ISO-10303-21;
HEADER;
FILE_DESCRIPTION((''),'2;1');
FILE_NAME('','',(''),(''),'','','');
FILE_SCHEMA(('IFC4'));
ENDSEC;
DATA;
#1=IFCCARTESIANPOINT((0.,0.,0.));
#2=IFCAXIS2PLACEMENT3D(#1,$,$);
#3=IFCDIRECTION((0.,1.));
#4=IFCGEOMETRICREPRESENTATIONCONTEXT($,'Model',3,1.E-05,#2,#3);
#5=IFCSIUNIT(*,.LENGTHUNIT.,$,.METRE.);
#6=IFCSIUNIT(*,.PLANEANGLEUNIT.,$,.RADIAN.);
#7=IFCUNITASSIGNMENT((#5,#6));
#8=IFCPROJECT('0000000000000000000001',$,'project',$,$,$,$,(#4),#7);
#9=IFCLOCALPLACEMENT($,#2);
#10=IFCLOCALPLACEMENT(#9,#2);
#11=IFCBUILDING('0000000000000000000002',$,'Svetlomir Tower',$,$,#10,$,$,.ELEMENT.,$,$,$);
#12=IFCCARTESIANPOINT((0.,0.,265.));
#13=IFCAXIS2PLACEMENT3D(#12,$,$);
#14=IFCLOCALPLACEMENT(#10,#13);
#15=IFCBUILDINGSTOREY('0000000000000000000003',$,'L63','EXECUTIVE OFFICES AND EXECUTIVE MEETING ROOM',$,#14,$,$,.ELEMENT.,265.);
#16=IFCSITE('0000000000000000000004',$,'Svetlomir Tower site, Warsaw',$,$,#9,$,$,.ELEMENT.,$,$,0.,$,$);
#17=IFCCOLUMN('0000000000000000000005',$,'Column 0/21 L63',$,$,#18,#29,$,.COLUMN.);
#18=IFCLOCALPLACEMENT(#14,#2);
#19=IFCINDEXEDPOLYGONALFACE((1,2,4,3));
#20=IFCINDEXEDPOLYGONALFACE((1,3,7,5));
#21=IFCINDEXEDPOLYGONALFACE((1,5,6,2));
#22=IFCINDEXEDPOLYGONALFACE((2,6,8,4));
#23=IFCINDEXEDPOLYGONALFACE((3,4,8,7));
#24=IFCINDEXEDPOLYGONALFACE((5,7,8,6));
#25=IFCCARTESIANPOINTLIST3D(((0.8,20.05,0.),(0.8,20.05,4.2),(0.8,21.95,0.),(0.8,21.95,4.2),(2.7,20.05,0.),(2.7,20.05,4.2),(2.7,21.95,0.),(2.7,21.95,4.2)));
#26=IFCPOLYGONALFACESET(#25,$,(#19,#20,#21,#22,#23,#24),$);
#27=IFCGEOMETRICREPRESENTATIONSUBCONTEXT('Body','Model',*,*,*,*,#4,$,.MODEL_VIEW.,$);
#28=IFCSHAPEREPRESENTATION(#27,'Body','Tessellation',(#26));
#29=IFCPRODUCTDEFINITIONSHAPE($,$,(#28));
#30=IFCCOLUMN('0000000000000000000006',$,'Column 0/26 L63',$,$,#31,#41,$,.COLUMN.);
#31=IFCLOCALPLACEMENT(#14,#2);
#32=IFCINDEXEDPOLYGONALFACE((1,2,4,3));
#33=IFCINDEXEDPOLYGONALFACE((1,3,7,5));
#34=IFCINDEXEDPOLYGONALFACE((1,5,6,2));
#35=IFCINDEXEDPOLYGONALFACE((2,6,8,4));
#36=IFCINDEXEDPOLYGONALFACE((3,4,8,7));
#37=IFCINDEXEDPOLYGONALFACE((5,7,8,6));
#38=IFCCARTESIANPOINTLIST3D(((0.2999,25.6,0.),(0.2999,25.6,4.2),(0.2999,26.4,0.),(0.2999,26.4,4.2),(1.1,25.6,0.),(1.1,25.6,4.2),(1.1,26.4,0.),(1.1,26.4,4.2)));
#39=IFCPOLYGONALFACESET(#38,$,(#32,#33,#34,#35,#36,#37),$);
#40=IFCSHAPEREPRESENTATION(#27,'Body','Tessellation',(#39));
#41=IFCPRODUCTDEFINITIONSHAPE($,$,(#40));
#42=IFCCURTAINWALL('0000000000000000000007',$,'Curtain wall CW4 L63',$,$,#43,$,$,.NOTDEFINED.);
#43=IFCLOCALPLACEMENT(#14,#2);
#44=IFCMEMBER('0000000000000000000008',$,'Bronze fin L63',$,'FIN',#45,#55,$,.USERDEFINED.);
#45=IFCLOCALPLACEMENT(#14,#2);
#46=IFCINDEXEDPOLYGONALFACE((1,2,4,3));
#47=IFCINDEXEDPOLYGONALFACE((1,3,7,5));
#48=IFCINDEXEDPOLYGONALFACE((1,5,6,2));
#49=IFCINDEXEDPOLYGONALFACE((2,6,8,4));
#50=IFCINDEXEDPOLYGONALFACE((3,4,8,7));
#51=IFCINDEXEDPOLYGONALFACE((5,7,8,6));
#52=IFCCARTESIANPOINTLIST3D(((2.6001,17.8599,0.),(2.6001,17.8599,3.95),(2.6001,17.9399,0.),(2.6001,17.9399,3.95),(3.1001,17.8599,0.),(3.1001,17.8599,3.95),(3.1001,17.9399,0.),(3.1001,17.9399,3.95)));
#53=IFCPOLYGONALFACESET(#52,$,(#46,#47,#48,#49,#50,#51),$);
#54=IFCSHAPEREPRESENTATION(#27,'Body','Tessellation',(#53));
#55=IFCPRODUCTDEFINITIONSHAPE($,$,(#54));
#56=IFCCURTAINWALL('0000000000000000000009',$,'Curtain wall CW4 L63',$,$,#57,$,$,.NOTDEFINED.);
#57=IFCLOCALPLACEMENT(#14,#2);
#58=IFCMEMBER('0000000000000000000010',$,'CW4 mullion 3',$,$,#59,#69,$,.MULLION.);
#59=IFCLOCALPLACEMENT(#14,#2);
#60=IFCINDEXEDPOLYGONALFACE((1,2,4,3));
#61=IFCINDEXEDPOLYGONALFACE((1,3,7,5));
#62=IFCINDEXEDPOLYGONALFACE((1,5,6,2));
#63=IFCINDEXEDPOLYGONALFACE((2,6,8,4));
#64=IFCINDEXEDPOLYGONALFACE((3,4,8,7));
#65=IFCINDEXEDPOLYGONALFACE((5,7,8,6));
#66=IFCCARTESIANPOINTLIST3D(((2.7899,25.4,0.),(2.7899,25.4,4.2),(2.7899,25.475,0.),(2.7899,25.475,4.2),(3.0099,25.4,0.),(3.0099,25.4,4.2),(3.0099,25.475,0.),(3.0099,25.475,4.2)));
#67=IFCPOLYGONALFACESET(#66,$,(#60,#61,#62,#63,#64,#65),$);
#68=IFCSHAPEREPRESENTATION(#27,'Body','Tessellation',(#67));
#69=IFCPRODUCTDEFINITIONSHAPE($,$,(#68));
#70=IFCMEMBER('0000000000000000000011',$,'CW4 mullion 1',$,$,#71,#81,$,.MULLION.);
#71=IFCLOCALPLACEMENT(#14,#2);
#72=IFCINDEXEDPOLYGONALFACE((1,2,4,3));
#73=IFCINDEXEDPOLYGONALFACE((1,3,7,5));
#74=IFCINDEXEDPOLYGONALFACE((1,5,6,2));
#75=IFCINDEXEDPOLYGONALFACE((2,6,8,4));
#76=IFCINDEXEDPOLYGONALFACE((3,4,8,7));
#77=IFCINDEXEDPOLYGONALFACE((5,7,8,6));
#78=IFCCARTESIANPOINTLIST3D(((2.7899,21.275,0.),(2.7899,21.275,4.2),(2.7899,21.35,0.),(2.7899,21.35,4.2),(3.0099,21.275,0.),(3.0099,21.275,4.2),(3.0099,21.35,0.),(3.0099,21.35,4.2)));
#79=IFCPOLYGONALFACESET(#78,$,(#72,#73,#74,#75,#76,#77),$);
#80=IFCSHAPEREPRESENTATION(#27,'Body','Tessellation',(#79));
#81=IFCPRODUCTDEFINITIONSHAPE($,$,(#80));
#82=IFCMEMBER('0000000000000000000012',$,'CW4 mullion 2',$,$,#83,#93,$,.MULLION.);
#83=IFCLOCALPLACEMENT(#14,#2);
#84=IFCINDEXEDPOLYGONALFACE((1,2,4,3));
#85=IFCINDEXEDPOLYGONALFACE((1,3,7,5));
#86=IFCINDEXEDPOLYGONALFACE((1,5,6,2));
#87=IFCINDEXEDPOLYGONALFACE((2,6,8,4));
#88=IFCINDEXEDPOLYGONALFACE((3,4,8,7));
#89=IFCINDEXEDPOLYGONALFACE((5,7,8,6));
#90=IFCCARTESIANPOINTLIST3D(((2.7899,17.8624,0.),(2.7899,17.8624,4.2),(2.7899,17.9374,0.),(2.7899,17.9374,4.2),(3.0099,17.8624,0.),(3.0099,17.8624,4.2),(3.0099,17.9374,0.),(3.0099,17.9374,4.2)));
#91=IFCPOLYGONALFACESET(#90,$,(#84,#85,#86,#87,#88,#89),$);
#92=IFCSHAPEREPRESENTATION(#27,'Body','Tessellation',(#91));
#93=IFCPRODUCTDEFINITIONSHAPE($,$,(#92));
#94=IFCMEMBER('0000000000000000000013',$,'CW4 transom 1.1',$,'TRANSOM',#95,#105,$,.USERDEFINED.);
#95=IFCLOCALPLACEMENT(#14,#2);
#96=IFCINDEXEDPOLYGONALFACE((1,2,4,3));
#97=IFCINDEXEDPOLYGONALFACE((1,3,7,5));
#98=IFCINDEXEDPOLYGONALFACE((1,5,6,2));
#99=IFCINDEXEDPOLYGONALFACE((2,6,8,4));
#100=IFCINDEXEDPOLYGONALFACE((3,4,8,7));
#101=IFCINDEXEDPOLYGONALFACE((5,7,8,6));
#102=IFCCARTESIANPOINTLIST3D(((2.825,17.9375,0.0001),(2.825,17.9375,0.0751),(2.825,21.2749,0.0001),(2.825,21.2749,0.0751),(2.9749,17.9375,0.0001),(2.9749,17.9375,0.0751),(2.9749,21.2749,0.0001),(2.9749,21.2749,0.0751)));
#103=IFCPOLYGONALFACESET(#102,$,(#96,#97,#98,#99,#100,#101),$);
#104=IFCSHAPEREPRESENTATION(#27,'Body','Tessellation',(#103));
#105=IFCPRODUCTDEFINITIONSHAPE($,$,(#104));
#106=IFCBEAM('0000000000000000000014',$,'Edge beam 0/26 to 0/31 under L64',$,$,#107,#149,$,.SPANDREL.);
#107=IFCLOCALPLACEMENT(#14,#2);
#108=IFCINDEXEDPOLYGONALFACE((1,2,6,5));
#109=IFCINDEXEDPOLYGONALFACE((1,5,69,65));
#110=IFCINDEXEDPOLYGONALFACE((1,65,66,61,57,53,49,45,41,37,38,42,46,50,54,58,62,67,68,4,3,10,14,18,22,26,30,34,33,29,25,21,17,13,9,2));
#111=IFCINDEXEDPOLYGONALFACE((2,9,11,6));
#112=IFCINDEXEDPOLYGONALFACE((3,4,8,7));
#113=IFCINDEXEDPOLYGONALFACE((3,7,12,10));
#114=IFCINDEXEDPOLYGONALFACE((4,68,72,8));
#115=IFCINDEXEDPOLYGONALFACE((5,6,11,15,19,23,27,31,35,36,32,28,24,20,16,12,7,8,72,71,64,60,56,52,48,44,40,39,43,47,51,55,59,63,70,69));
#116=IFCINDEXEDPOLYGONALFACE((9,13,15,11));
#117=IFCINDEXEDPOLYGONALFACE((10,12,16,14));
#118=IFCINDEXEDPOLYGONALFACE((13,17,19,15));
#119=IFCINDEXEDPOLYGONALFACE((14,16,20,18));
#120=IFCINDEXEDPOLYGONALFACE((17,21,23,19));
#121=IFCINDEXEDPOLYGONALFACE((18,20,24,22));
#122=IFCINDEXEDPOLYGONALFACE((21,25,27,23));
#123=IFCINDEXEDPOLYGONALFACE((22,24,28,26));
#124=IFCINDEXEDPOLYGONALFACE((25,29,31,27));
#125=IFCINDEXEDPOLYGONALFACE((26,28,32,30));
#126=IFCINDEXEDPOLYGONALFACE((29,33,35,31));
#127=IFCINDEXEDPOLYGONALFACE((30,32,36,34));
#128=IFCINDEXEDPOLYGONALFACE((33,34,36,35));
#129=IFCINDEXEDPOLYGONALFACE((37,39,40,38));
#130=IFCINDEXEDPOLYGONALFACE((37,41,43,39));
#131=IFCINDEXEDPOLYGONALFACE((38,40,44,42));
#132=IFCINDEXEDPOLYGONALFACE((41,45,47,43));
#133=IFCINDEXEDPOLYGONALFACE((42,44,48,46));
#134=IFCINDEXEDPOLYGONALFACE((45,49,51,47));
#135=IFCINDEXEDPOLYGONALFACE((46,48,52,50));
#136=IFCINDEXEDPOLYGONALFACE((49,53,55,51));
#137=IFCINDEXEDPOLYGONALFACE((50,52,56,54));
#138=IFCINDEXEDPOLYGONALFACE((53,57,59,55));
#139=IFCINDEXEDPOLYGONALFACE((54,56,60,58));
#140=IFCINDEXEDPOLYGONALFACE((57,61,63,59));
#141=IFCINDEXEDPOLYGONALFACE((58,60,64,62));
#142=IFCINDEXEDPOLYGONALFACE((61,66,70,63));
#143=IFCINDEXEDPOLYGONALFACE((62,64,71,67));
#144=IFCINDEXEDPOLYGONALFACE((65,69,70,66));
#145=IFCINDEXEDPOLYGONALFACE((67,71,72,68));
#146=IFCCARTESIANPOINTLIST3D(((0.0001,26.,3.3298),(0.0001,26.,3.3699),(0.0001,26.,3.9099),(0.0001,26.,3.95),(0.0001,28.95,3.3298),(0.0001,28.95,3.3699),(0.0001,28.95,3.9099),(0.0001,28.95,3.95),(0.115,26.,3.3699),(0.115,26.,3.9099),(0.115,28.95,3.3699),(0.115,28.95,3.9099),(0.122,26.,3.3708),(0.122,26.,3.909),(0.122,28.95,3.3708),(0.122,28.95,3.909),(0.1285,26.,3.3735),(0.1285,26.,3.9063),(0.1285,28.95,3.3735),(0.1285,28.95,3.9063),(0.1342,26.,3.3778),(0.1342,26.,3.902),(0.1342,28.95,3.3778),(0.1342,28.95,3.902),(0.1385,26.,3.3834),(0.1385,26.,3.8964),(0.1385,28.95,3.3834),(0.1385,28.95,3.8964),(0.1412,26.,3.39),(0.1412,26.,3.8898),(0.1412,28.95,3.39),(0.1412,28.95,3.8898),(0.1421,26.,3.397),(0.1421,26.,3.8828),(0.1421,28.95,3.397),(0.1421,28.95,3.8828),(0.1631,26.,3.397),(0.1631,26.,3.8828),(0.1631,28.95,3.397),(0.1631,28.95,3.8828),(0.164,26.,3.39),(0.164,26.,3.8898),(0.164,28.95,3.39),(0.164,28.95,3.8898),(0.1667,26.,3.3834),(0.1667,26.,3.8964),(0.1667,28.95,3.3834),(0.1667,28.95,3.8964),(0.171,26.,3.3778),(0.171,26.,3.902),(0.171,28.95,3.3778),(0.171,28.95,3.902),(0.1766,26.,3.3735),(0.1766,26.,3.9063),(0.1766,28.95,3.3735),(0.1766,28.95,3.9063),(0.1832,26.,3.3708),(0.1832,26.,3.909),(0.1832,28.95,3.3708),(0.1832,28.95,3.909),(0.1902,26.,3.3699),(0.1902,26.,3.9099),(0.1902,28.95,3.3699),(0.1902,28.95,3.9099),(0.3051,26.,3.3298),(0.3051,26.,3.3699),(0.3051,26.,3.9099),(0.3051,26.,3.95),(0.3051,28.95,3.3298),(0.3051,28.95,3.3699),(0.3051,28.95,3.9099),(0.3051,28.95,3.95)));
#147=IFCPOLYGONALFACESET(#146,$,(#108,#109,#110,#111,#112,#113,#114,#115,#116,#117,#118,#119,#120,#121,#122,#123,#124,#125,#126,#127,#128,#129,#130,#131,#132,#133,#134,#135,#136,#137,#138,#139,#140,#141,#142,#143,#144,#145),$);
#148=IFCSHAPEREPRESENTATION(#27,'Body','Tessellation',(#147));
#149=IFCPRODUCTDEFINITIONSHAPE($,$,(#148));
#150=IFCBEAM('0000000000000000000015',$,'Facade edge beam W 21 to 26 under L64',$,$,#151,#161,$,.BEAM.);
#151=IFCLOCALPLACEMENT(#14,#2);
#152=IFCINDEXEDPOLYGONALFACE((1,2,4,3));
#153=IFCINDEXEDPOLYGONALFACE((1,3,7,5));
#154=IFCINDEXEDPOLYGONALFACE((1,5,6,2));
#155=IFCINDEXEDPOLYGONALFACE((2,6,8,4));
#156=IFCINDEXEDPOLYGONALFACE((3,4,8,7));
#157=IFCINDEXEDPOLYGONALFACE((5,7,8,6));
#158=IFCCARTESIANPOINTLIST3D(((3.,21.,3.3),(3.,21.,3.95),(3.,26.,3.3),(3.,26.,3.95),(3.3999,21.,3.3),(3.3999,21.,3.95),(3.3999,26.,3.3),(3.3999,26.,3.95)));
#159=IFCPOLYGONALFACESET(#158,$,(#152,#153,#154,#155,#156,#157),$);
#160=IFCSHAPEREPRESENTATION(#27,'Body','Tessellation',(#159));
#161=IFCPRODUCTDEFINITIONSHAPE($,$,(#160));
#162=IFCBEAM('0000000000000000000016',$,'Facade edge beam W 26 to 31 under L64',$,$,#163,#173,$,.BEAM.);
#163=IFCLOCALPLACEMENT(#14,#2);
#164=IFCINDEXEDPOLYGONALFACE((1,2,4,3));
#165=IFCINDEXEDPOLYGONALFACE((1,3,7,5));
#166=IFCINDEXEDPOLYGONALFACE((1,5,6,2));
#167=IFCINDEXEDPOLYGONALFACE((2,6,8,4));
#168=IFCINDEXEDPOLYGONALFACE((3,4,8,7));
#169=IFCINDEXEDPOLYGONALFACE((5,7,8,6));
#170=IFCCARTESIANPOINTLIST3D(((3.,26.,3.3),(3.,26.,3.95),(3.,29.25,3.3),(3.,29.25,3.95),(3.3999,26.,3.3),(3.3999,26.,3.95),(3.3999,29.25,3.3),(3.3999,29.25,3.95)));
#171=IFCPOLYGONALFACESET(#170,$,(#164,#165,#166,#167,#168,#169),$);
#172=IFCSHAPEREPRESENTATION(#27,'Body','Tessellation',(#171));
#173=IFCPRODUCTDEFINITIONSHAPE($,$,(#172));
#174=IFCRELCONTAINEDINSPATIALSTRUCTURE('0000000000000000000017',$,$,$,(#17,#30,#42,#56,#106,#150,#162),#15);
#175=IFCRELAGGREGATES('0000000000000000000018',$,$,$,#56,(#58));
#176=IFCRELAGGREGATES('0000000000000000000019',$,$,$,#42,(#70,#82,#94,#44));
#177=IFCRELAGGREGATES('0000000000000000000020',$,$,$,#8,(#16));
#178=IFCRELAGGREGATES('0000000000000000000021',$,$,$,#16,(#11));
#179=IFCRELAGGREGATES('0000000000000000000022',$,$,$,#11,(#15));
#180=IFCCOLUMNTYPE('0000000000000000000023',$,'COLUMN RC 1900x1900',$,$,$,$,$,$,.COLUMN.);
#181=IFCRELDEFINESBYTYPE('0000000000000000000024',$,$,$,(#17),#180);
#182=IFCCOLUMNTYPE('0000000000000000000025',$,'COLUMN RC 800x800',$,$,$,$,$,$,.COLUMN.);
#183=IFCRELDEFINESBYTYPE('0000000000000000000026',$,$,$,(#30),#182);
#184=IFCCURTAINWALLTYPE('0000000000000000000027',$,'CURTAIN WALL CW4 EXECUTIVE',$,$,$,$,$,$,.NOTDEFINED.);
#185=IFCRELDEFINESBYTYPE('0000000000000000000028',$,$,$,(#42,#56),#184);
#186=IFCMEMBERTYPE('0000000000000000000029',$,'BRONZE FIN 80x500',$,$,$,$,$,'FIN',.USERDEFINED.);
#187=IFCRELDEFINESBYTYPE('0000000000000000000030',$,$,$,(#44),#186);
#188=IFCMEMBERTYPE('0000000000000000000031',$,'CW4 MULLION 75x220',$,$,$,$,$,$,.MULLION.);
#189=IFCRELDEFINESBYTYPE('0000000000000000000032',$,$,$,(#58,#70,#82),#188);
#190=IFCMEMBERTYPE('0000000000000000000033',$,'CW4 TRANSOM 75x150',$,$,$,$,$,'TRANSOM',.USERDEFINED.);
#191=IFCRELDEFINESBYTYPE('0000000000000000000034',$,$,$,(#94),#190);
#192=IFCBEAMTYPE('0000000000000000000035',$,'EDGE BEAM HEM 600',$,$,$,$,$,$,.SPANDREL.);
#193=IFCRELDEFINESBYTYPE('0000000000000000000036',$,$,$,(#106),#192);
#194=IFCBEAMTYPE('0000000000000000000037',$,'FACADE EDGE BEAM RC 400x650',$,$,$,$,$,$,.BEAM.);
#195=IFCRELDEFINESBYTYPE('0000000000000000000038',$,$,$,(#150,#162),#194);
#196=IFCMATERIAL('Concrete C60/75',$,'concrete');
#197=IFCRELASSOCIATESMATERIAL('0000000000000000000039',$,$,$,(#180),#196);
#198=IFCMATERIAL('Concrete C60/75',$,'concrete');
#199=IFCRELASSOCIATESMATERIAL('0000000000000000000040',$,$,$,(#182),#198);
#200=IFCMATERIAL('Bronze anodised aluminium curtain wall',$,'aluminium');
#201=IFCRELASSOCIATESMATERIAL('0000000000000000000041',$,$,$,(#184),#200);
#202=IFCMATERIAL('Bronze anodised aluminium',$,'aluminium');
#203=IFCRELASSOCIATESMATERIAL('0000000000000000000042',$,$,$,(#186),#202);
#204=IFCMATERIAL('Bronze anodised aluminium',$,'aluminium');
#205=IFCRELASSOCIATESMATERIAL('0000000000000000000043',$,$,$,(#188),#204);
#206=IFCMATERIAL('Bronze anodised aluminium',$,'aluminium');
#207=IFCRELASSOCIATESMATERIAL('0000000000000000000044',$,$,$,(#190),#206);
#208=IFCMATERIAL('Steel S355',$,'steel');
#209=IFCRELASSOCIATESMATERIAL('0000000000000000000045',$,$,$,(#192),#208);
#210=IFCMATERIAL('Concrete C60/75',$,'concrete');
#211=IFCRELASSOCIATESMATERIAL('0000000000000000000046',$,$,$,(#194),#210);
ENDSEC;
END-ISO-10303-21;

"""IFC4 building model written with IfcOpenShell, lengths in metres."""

from ifc_helpers import new_model, si_unit, direction, frame, origin, origin_2d, place, context, subcontext, project, spatial, rectangle, i_section, extrude, material, material_profile, profile_set, type_object, element, aggregate, save


model = new_model("IFC4")

# Units and contexts
model_context = context("Model", 3, precision=1e-05, world=origin(), true_north=direction((0.0, 1.0)))
body_context = subcontext(model_context, "Body", "Model", "MODEL_VIEW")
ifc_project = project(units=[si_unit("LENGTHUNIT", "METRE"), si_unit("PLANEANGLEUNIT", "RADIAN")], contexts=[model_context])

# Site, building, storey
site_placement = place(None, origin())
site = spatial("IfcSite", under=ifc_project, at=site_placement, Name="Svetlomir Tower site, Warsaw", CompositionType="ELEMENT", RefElevation=0.0)
building_placement = place(site_placement, origin())
building = spatial("IfcBuilding", under=site, at=building_placement, Name="Svetlomir Tower", CompositionType="ELEMENT")
storey_placement = place(building_placement, frame((0.0, 0.0, 265.0)))
storey = spatial("IfcBuildingStorey", under=building, at=storey_placement, Name="L63", Description="EXECUTIVE OFFICES AND EXECUTIVE MEETING ROOM", CompositionType="ELEMENT", Elevation=265.0)

# Columns
ifc_material_1 = material(Name="Concrete C60/75", Category="concrete")
ifc_material_profile_1 = material_profile(ifc_material_1, rectangle(XDim=1.8999, YDim=1.8999, at=origin_2d()), Name="RC 1900x1900")
ifc_profile_set_1 = profile_set([ifc_material_profile_1], Name="Concrete C60/75")
column_type_1 = type_object("IfcColumnType", Name="COLUMN RC 1900x1900", PredefinedType="COLUMN", material=ifc_profile_set_1)
column_1_placement = place(storey_placement, frame((1.75, 21.0, 0.0), z_axis=(0.0, 0.0, 1.0), x_axis=(1.0, 0.0, 0.0)))
element("IfcColumn", 1, at=column_1_placement, inside=storey, type_object=column_type_1, Name="Column 0/21 L63", PredefinedType="COLUMN", context=body_context, shape_type="SweptSolid", body=[
    extrude(rectangle(XDim=1.8999, YDim=1.8999, at=origin_2d()), origin(), (0.0, 0.0, 1.0), 4.2),
])
ifc_material_2 = material(Name="Concrete C60/75", Category="concrete")
ifc_material_profile_2 = material_profile(ifc_material_2, rectangle(XDim=0.8, YDim=0.8, at=origin_2d()), Name="RC 800x800")
ifc_profile_set_2 = profile_set([ifc_material_profile_2], Name="Concrete C60/75")
column_type_2 = type_object("IfcColumnType", Name="COLUMN RC 800x800", PredefinedType="COLUMN", material=ifc_profile_set_2)
column_2_placement = place(storey_placement, frame((0.7, 26.0, 0.0), z_axis=(0.0, 0.0, 1.0), x_axis=(1.0, 0.0, 0.0)))
element("IfcColumn", 2, at=column_2_placement, inside=storey, type_object=column_type_2, Name="Column 0/26 L63", PredefinedType="COLUMN", context=body_context, shape_type="SweptSolid", body=[
    extrude(rectangle(XDim=0.8, YDim=0.8, at=origin_2d()), origin(), (0.0, 0.0, 1.0), 4.2),
])

# Curtain walls, members
ifc_material_3 = material(Name="Bronze anodised aluminium curtain wall", Category="aluminium")
curtain_wall_type = type_object("IfcCurtainWallType", Name="CURTAIN WALL CW4 EXECUTIVE", PredefinedType="NOTDEFINED", material=ifc_material_3)
curtain_wall_1_placement = place(storey_placement, origin())
curtain_wall_1 = element("IfcCurtainWall", 3, at=curtain_wall_1_placement, inside=storey, type_object=curtain_wall_type, Name="Curtain wall CW4 L63", PredefinedType="NOTDEFINED")
ifc_material_4 = material(Name="Bronze anodised aluminium", Category="aluminium")
ifc_material_profile_3 = material_profile(ifc_material_4, rectangle(XDim=0.0801, YDim=0.5, at=origin_2d()), Name="FIN 80x500")
ifc_profile_set_3 = profile_set([ifc_material_profile_3], Name="Bronze anodised aluminium 6063-T6")
member_type_1 = type_object("IfcMemberType", Name="BRONZE FIN 80x500", ElementType="FIN", PredefinedType="USERDEFINED", material=ifc_profile_set_3)
member_1_placement = place(storey_placement, frame((2.8501, 17.8999, 0.0), z_axis=(0.0, 0.0, 1.0), x_axis=(0.0, 1.0, 0.0)))
member_1 = element("IfcMember", 4, at=member_1_placement, type_object=member_type_1, Name="Bronze fin L63", ObjectType="FIN", PredefinedType="USERDEFINED", context=body_context, shape_type="SweptSolid", body=[
    extrude(rectangle(XDim=0.0801, YDim=0.5, at=origin_2d()), origin(), (0.0, 0.0, 1.0), 3.95),
])
curtain_wall_2_placement = place(storey_placement, origin())
curtain_wall_2 = element("IfcCurtainWall", 5, at=curtain_wall_2_placement, inside=storey, type_object=curtain_wall_type, Name="Curtain wall CW4 L63", PredefinedType="NOTDEFINED")
ifc_material_5 = material(Name="Bronze anodised aluminium", Category="aluminium")
ifc_material_profile_4 = material_profile(ifc_material_5, rectangle(XDim=0.075, YDim=0.22, at=origin_2d()), Name="AL 75x220")
ifc_profile_set_4 = profile_set([ifc_material_profile_4], Name="Bronze anodised aluminium 6063-T6")
member_type_2 = type_object("IfcMemberType", Name="CW4 MULLION 75x220", PredefinedType="MULLION", material=ifc_profile_set_4)
member_2_placement = place(storey_placement, frame((2.8999, 25.4375, 0.0), z_axis=(0.0, 0.0, 1.0), x_axis=(0.0, -1.0, 0.0)))
member_2 = element("IfcMember", 6, at=member_2_placement, type_object=member_type_2, Name="CW4 mullion 3", PredefinedType="MULLION", context=body_context, shape_type="SweptSolid", body=[
    extrude(rectangle(XDim=0.075, YDim=0.22, at=origin_2d()), origin(), (0.0, 0.0, 1.0), 4.2),
])

# Members
member_3_placement = place(storey_placement, frame((2.8999, 21.3125, 0.0), z_axis=(0.0, 0.0, 1.0), x_axis=(0.0, -1.0, 0.0)))
member_3 = element("IfcMember", 7, at=member_3_placement, type_object=member_type_2, Name="CW4 mullion 1", PredefinedType="MULLION", context=body_context, shape_type="SweptSolid", body=[
    extrude(rectangle(XDim=0.075, YDim=0.22, at=origin_2d()), origin(), (0.0, 0.0, 1.0), 4.2),
])
member_4_placement = place(storey_placement, frame((2.8999, 17.8999, 0.0), z_axis=(0.0, 0.0, 1.0), x_axis=(0.0, -1.0, 0.0)))
member_4 = element("IfcMember", 8, at=member_4_placement, type_object=member_type_2, Name="CW4 mullion 2", PredefinedType="MULLION", context=body_context, shape_type="SweptSolid", body=[
    extrude(rectangle(XDim=0.075, YDim=0.22, at=origin_2d()), origin(), (0.0, 0.0, 1.0), 4.2),
])
ifc_material_6 = material(Name="Bronze anodised aluminium", Category="aluminium")
ifc_material_profile_5 = material_profile(ifc_material_6, rectangle(XDim=0.1499, YDim=0.075, at=origin_2d()), Name="AL 150x75")
ifc_profile_set_5 = profile_set([ifc_material_profile_5], Name="Bronze anodised aluminium 6063-T6")
member_type_3 = type_object("IfcMemberType", Name="CW4 TRANSOM 75x150", ElementType="TRANSOM", PredefinedType="USERDEFINED", material=ifc_profile_set_5)
member_5_placement = place(storey_placement, frame((2.8999, 21.2749, 0.0376), z_axis=(0.0, -1.0, 0.0), x_axis=(1.0, 0.0, 0.0)))
member_5 = element("IfcMember", 9, at=member_5_placement, type_object=member_type_3, Name="CW4 transom 1.1", ObjectType="TRANSOM", PredefinedType="USERDEFINED", context=body_context, shape_type="SweptSolid", body=[
    extrude(rectangle(XDim=0.1499, YDim=0.075, at=origin_2d()), origin(), (0.0, 0.0, 1.0), 3.3374),
])

# Beams
ifc_material_7 = material(Name="Steel S355", Category="steel")
ifc_material_profile_6 = material_profile(ifc_material_7, i_section(OverallWidth=0.3049, OverallDepth=0.6201, WebThickness=0.021, FlangeThickness=0.04, FilletRadius=0.0271, at=origin_2d()), Name="HEM 600")
ifc_profile_set_6 = profile_set([ifc_material_profile_6], Name="Steel S355")
beam_type_1 = type_object("IfcBeamType", Name="EDGE BEAM HEM 600", PredefinedType="SPANDREL", material=ifc_profile_set_6)
beam_1_placement = place(storey_placement, frame((0.1526, 26.0, 3.6399), z_axis=(0.0, 1.0, 0.0), x_axis=(-1.0, 0.0, 0.0)))
element("IfcBeam", 10, at=beam_1_placement, inside=storey, type_object=beam_type_1, Name="Edge beam 0/26 to 0/31 under L64", PredefinedType="SPANDREL", context=body_context, shape_type="SweptSolid", body=[
    extrude(i_section(OverallWidth=0.3049, OverallDepth=0.6201, WebThickness=0.021, FlangeThickness=0.04, FilletRadius=0.0271, at=origin_2d()), origin(), (0.0, 0.0, 1.0), 2.95),
])
ifc_material_8 = material(Name="Concrete C60/75", Category="concrete")
ifc_material_profile_7 = material_profile(ifc_material_8, rectangle(XDim=0.3999, YDim=0.6499, at=origin_2d()), Name="RC 400x650")
ifc_profile_set_7 = profile_set([ifc_material_profile_7], Name="Concrete C60/75")
beam_type_2 = type_object("IfcBeamType", Name="FACADE EDGE BEAM RC 400x650", PredefinedType="BEAM", material=ifc_profile_set_7)
beam_2_placement = place(storey_placement, frame((3.2, 21.0, 3.625), z_axis=(0.0, 1.0, 0.0), x_axis=(-1.0, 0.0, 0.0)))
element("IfcBeam", 11, at=beam_2_placement, inside=storey, type_object=beam_type_2, Name="Facade edge beam W 21 to 26 under L64", PredefinedType="BEAM", context=body_context, shape_type="SweptSolid", body=[
    extrude(rectangle(XDim=0.3999, YDim=0.6499, at=origin_2d()), origin(), (0.0, 0.0, 1.0), 5.0),
])
beam_3_placement = place(storey_placement, frame((3.2, 26.0, 3.625), z_axis=(0.0, 1.0, 0.0), x_axis=(-1.0, 0.0, 0.0)))
element("IfcBeam", 12, at=beam_3_placement, inside=storey, type_object=beam_type_2, Name="Facade edge beam W 26 to 31 under L64", PredefinedType="BEAM", context=body_context, shape_type="SweptSolid", body=[
    extrude(rectangle(XDim=0.3999, YDim=0.6499, at=origin_2d()), origin(), (0.0, 0.0, 1.0), 3.25),
])

aggregate(curtain_wall_2, [member_2])
aggregate(curtain_wall_1, [member_3, member_4, member_5, member_1])

save(model, "model.ifc")
